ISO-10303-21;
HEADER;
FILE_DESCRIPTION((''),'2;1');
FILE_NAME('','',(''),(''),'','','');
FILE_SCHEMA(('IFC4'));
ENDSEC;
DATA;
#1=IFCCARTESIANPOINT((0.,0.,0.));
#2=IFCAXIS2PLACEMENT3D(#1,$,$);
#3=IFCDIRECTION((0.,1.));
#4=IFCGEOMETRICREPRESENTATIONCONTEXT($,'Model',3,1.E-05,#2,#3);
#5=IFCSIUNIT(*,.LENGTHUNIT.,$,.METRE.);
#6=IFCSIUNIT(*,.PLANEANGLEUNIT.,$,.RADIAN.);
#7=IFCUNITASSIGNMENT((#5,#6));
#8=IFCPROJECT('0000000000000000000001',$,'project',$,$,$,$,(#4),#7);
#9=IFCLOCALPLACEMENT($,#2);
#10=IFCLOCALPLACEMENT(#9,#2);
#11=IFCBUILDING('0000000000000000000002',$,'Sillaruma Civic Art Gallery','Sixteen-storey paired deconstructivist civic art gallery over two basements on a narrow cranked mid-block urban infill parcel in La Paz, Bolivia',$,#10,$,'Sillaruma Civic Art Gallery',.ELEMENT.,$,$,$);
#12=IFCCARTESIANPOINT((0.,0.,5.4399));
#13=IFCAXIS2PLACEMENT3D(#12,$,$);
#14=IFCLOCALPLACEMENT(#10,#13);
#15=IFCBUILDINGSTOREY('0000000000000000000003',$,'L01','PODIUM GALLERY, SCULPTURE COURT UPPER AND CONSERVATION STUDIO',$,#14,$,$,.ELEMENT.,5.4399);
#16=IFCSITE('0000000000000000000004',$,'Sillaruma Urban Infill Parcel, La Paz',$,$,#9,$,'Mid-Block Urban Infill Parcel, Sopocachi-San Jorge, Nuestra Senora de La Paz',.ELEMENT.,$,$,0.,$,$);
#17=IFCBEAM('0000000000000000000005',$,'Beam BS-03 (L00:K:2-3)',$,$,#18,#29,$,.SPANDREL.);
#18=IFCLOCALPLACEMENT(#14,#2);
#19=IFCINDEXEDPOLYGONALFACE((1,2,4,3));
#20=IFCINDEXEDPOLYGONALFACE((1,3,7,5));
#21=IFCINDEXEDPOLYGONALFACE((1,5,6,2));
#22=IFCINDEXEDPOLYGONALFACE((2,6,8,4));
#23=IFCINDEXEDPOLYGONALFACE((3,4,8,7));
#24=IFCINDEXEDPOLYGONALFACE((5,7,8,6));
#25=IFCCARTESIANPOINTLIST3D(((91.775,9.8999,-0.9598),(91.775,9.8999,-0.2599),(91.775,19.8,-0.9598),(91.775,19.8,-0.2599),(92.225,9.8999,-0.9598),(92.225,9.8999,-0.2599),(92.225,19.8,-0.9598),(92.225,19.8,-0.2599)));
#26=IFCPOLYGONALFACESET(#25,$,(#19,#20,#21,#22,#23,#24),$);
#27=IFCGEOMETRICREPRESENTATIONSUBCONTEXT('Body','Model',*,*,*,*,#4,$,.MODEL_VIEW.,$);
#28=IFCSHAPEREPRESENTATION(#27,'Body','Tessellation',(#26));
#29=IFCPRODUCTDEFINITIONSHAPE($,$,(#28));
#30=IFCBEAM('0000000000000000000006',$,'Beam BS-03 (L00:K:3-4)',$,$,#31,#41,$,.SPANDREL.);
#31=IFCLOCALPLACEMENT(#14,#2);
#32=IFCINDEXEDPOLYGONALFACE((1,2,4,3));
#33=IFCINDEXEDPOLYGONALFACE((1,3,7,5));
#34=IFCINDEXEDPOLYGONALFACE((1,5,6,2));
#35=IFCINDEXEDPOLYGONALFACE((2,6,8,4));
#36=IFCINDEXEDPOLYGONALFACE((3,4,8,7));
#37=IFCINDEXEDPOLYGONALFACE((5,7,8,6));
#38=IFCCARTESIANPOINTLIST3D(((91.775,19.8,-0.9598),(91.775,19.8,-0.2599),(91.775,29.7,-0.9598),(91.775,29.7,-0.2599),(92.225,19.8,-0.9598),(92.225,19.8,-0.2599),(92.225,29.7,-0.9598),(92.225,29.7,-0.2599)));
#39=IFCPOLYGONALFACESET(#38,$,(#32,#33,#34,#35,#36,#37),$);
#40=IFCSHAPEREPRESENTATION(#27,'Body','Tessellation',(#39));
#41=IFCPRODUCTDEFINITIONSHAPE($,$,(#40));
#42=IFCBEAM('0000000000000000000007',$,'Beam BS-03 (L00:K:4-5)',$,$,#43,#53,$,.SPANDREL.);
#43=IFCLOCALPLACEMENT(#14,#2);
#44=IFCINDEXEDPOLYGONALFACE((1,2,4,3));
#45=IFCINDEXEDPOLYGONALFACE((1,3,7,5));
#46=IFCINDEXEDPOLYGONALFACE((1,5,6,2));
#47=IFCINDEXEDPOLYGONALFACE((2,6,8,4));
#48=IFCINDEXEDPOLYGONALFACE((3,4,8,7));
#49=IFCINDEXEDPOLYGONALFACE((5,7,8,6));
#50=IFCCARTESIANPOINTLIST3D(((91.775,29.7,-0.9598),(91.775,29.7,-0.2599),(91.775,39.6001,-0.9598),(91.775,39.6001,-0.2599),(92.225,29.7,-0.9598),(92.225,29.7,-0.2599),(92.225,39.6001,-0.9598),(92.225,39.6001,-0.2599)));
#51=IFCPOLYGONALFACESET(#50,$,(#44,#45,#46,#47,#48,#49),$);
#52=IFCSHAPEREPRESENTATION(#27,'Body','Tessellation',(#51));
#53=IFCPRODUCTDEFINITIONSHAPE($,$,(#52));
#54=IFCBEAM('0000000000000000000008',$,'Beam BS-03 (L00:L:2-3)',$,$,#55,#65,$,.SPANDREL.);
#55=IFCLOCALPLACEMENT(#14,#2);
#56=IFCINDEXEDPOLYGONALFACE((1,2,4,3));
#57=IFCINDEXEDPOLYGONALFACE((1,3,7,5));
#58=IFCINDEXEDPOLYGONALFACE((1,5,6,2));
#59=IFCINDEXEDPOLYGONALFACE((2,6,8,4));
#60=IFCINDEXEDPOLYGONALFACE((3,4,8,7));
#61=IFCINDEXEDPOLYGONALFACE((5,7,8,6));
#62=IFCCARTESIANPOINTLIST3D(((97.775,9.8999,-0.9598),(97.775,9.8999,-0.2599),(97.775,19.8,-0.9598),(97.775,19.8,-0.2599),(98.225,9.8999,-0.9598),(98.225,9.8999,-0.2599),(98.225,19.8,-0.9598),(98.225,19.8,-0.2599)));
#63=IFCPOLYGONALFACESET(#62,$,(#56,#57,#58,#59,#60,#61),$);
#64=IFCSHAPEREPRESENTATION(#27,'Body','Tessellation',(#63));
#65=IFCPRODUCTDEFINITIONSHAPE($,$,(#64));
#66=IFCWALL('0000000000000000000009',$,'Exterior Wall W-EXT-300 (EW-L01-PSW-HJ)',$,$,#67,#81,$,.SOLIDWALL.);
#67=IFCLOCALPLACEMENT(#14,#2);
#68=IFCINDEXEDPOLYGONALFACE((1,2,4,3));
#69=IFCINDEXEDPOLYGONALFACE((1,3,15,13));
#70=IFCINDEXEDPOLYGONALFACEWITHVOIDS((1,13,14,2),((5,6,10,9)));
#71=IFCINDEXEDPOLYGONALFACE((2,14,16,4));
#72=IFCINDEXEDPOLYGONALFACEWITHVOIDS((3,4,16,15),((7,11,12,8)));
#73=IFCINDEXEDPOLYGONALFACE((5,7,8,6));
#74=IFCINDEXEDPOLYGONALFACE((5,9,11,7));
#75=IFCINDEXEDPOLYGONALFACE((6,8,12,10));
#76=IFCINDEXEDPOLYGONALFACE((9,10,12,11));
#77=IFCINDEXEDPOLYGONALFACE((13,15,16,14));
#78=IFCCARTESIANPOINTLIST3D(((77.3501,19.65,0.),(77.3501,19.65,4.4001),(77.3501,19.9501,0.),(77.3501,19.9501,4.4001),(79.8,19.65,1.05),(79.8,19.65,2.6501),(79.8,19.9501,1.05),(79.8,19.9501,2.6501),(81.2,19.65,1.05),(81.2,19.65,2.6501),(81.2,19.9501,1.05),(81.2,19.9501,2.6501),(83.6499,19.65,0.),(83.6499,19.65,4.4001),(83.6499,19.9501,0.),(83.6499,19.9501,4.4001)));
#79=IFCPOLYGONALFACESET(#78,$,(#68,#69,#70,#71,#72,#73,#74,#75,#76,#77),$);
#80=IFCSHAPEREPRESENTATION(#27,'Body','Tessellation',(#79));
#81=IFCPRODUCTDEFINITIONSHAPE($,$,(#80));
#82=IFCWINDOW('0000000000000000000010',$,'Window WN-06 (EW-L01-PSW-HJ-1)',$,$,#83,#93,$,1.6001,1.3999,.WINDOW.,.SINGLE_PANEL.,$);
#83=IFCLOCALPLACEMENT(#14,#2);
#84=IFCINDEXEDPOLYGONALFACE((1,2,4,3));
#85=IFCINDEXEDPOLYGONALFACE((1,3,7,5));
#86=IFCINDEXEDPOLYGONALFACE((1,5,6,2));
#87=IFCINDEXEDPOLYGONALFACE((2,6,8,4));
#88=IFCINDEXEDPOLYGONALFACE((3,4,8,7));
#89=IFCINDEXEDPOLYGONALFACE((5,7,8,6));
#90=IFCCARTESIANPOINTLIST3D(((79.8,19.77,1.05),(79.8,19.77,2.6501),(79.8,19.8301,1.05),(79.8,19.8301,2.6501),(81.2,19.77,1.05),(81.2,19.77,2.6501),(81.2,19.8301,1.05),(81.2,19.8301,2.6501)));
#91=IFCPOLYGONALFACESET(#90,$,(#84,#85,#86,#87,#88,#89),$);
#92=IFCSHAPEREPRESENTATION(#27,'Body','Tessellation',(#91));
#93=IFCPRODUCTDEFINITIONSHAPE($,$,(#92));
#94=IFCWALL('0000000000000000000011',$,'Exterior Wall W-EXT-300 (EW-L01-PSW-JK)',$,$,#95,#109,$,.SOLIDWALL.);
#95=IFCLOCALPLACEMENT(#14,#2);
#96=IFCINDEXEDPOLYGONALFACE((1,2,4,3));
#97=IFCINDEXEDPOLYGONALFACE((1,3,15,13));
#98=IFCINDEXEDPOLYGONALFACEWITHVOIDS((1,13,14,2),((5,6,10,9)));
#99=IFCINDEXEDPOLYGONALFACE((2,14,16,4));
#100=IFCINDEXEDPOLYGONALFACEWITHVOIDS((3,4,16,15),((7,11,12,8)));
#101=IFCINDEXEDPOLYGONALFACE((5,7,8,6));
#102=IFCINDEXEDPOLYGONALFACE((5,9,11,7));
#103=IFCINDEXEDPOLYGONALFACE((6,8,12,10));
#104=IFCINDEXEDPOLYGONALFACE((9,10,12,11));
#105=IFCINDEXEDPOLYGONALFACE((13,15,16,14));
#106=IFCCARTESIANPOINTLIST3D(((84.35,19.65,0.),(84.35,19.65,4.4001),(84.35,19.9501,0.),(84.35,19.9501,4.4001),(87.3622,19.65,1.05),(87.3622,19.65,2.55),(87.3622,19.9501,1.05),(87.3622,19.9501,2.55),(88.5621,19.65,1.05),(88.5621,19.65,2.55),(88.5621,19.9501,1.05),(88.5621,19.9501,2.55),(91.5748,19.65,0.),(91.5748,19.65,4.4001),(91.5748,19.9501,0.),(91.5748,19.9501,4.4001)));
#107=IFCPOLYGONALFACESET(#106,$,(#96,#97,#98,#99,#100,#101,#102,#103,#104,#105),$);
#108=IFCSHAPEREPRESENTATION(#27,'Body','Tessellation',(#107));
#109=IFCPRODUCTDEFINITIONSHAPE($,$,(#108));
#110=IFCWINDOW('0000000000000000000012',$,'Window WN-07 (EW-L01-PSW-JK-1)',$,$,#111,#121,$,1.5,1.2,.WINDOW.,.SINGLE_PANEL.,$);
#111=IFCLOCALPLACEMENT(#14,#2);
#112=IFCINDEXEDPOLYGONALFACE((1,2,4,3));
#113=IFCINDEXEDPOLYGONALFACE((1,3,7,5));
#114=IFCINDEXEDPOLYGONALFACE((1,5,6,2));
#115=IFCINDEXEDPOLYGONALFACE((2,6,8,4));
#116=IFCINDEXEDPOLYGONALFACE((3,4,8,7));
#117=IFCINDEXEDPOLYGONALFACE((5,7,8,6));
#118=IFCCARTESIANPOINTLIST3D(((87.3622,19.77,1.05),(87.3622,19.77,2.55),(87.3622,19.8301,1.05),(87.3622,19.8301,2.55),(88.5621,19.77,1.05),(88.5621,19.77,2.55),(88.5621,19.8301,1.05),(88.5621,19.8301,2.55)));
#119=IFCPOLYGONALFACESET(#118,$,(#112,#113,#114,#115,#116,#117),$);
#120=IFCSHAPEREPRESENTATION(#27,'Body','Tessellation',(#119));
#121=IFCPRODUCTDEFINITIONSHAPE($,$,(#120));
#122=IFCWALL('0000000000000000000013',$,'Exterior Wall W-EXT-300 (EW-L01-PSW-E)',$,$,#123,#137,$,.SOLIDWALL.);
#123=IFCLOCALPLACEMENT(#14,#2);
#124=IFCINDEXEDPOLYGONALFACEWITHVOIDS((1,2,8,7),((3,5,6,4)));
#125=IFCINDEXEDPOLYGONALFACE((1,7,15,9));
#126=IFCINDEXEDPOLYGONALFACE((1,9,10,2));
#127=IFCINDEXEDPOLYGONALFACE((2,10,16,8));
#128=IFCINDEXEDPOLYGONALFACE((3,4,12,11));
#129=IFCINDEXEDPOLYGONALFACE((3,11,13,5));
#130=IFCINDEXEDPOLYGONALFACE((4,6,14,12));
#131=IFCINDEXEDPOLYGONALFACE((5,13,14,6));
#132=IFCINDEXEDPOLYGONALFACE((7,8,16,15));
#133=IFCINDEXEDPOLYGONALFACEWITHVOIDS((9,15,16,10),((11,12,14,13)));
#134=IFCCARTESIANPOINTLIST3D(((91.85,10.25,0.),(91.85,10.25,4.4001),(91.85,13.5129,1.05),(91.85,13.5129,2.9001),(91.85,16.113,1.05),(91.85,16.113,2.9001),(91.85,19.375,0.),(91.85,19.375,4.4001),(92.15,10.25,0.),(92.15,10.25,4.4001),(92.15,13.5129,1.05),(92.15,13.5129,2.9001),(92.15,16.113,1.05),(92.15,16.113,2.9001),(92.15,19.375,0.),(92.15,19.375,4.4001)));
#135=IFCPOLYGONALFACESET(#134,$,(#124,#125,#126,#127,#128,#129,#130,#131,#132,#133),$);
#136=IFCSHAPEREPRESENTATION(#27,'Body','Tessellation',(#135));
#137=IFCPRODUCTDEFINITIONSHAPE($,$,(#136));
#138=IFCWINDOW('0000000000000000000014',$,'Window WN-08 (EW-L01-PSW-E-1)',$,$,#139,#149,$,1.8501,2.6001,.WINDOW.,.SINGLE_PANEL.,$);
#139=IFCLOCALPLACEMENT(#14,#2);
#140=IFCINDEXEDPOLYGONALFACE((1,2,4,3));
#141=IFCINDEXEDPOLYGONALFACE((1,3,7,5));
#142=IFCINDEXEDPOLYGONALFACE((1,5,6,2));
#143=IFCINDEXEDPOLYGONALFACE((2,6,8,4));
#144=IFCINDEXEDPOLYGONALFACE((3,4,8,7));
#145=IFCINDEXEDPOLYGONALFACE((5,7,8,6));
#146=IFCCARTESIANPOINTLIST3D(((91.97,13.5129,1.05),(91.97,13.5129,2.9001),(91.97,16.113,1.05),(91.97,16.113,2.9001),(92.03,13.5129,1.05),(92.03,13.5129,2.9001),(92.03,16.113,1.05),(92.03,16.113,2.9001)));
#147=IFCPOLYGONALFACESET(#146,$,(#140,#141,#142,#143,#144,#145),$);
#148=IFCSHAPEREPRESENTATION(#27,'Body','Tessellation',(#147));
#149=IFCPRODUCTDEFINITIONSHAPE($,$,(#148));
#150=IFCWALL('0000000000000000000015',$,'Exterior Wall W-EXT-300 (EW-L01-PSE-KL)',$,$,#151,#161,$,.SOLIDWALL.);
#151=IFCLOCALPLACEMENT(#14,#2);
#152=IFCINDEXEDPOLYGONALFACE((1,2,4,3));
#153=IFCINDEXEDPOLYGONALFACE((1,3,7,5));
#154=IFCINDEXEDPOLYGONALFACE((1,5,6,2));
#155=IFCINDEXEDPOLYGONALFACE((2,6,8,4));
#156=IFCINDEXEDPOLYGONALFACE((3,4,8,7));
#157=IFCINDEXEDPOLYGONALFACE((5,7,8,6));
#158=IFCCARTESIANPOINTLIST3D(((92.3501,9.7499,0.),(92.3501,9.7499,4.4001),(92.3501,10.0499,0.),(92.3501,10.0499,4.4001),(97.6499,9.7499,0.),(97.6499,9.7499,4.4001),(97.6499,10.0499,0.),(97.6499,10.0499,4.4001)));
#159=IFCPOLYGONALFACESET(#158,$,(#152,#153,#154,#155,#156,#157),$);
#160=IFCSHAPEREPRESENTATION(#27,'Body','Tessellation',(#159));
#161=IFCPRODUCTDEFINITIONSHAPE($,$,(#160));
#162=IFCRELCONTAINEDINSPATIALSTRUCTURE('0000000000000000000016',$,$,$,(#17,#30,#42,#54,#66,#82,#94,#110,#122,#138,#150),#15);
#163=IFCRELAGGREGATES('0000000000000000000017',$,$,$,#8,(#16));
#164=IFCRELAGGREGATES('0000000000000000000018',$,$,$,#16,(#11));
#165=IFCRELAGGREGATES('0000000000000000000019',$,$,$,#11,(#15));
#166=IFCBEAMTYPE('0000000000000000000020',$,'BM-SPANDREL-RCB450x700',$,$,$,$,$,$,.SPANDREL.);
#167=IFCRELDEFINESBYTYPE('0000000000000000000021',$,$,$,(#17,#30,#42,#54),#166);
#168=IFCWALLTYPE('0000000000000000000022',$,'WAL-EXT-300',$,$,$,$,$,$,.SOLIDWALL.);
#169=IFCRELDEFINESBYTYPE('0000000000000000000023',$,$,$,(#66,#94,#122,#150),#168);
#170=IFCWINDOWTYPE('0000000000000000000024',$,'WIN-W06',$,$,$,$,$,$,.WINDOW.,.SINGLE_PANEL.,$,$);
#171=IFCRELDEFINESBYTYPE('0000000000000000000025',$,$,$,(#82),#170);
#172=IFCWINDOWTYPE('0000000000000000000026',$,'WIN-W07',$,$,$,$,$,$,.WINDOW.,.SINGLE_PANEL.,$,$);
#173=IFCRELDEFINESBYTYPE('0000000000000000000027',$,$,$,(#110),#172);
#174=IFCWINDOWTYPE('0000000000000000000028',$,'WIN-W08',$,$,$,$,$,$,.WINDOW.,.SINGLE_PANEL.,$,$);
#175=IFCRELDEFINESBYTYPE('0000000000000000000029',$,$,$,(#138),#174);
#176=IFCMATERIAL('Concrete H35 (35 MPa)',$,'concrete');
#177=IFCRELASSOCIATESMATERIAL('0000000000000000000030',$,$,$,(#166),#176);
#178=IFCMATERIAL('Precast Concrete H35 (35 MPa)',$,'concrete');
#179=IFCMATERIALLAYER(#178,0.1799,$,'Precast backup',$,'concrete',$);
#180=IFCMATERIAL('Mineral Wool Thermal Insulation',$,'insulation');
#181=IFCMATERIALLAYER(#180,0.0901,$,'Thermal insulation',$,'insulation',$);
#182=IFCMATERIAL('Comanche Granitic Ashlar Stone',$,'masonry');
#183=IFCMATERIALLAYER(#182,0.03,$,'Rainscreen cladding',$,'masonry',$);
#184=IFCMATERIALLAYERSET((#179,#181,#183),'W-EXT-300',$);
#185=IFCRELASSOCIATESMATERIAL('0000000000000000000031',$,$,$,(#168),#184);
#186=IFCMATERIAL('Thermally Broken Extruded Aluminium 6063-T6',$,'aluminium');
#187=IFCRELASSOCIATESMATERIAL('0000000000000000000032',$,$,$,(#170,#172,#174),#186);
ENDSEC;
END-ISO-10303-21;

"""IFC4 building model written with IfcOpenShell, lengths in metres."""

from ifc_helpers import new_model, si_unit, direction, frame, frame_2d, origin, origin_2d, place, context, subcontext, project, spatial, rectangle, extrude, material, layer, layer_set, material_profile, profile_set, type_object, element, fill, save


model = new_model("IFC4")

# Units and contexts
model_context = context("Model", 3, precision=1e-05, world=origin(), true_north=direction((0.0, 1.0)))
body_context = subcontext(model_context, "Body", "Model", "MODEL_VIEW")
ifc_project = project(units=[si_unit("LENGTHUNIT", "METRE"), si_unit("PLANEANGLEUNIT", "RADIAN")], contexts=[model_context])

# Site, building, storey
site_placement = place(None, origin())
site = spatial("IfcSite", under=ifc_project, at=site_placement, Name="Sillaruma Urban Infill Parcel, La Paz", LongName="Mid-Block Urban Infill Parcel, Sopocachi-San Jorge, Nuestra Senora de La Paz", CompositionType="ELEMENT", RefElevation=0.0)
building_placement = place(site_placement, origin())
building = spatial("IfcBuilding", under=site, at=building_placement, Name="Sillaruma Civic Art Gallery", Description="Sixteen-storey paired deconstructivist civic art gallery over two basements on a narrow cranked mid-block urban infill parcel in La Paz, Bolivia", LongName="Sillaruma Civic Art Gallery", CompositionType="ELEMENT")
storey_placement = place(building_placement, frame((0.0, 0.0, 5.4399)))
storey = spatial("IfcBuildingStorey", under=building, at=storey_placement, Name="L01", Description="PODIUM GALLERY, SCULPTURE COURT UPPER AND CONSERVATION STUDIO", CompositionType="ELEMENT", Elevation=5.4399)

# Beams
ifc_material_1 = material(Name="Concrete H35 (35 MPa)", Category="concrete")
ifc_material_profile_1 = material_profile(ifc_material_1, rectangle(XDim=0.45, YDim=0.7, at=origin_2d()), Name="RCB450x700")
ifc_profile_set_1 = profile_set([ifc_material_profile_1], Name="Concrete H35 (35 MPa)")
beam_type_1 = type_object("IfcBeamType", Name="BM-SPANDREL-RCB450x700", PredefinedType="SPANDREL", material=ifc_profile_set_1)
beam_1_placement = place(storey_placement, frame((92.0, 9.8999, -0.6099), z_axis=(0.0, 1.0, 0.0), x_axis=(-1.0, 0.0, 0.0)))
element("IfcBeam", 1, at=beam_1_placement, inside=storey, type_object=beam_type_1, Name="Beam BS-03 (L00:K:2-3)", PredefinedType="SPANDREL", context=body_context, shape_type="SweptSolid", body=[
    extrude(rectangle(XDim=0.45, YDim=0.7, at=origin_2d()), origin(), (0.0, 0.0, 1.0), 9.9001),
])
beam_2_placement = place(storey_placement, frame((92.0, 19.8, -0.6099), z_axis=(0.0, 1.0, 0.0), x_axis=(-1.0, 0.0, 0.0)))
element("IfcBeam", 2, at=beam_2_placement, inside=storey, type_object=beam_type_1, Name="Beam BS-03 (L00:K:3-4)", PredefinedType="SPANDREL", context=body_context, shape_type="SweptSolid", body=[
    extrude(rectangle(XDim=0.45, YDim=0.7, at=origin_2d()), origin(), (0.0, 0.0, 1.0), 9.8999),
])
for number, where, z_axis, x_axis, name in (
    (3, (92.0, 29.7, -0.6099), (0.0, 1.0, 0.0), (-1.0, 0.0, 0.0), "Beam BS-03 (L00:K:4-5)"),
    (4, (98.0, 9.8999, -0.6099), (0.0, 1.0, 0.0), (-1.0, 0.0, 0.0), "Beam BS-03 (L00:L:2-3)"),
):
    element("IfcBeam", number, at=place(storey_placement, frame(where, z_axis=z_axis, x_axis=x_axis)), inside=storey, type_object=beam_type_1, Name=name, PredefinedType="SPANDREL", context=body_context, shape_type="SweptSolid", body=[
        extrude(rectangle(XDim=0.45, YDim=0.7, at=origin_2d()), origin(), (0.0, 0.0, 1.0), 9.9001),
    ])

# Walls, openings, windows
ifc_material_2 = material(Name="Precast Concrete H35 (35 MPa)", Category="concrete")
ifc_layer_1 = layer(ifc_material_2, 0.1799, Name="Precast backup", Category="concrete")
ifc_material_3 = material(Name="Mineral Wool Thermal Insulation", Category="insulation")
ifc_layer_2 = layer(ifc_material_3, 0.0901, Name="Thermal insulation", Category="insulation")
ifc_material_4 = material(Name="Comanche Granitic Ashlar Stone", Category="masonry")
ifc_layer_3 = layer(ifc_material_4, 0.03, Name="Rainscreen cladding", Category="masonry")
ifc_layer_set_1 = layer_set([ifc_layer_1, ifc_layer_2, ifc_layer_3], Name="W-EXT-300")
wall_type_1 = type_object("IfcWallType", Name="WAL-EXT-300", PredefinedType="SOLIDWALL", material=ifc_layer_set_1)
wall_1_placement = place(storey_placement, frame((77.3501, 19.8, 0.0), z_axis=(0.0, 0.0, 1.0), x_axis=(1.0, 0.0, 0.0)))
wall_1 = element("IfcWall", 5, at=wall_1_placement, inside=storey, type_object=wall_type_1, Name="Exterior Wall W-EXT-300 (EW-L01-PSW-HJ)", PredefinedType="SOLIDWALL", context=body_context, shape_type="SweptSolid", body=[
    extrude(rectangle(XDim=6.2998, YDim=0.3, at=frame_2d((3.1499, 0.0))), origin(), (0.0, 0.0, 1.0), 4.4001),
])
opening_1_placement = place(wall_1_placement, frame((2.45, 0.0, 1.05)))
opening_1 = element("IfcOpeningElement", 6, at=opening_1_placement, cuts=wall_1, PredefinedType="OPENING", context=body_context, shape_type="SweptSolid", body=[
    extrude(rectangle(XDim=1.3999, YDim=1.6001, at=frame_2d((0.7, 0.8))), frame((0.0, 0.1599, 0.0), z_axis=(0.0, -1.0, 0.0), x_axis=(1.0, 0.0, 0.0)), (0.0, 0.0, 1.0), 0.3201),
])
ifc_material_5 = material(Name="Thermally Broken Extruded Aluminium 6063-T6", Category="aluminium")
window_type_1 = type_object("IfcWindowType", Name="WIN-W06", PartitioningType="SINGLE_PANEL", PredefinedType="WINDOW", material=ifc_material_5)
window_1_placement = place(opening_1_placement, origin())
window_1 = element("IfcWindow", 7, at=window_1_placement, inside=storey, type_object=window_type_1, Name="Window WN-06 (EW-L01-PSW-HJ-1)", OverallHeight=1.6001, OverallWidth=1.3999, PartitioningType="SINGLE_PANEL", PredefinedType="WINDOW", context=body_context, shape_type="SweptSolid", body=[
    extrude(rectangle(XDim=1.3999, YDim=1.6001, at=frame_2d((0.7, 0.8))), frame((0.0, 0.03, 0.0), z_axis=(0.0, -1.0, 0.0), x_axis=(1.0, 0.0, 0.0)), (0.0, 0.0, 1.0), 0.0601),
])
fill(opening_1, window_1)
wall_2_placement = place(storey_placement, frame((84.3501, 19.8, 0.0), z_axis=(0.0, 0.0, 1.0), x_axis=(1.0, 0.0, 0.0)))
wall_2 = element("IfcWall", 8, at=wall_2_placement, inside=storey, type_object=wall_type_1, Name="Exterior Wall W-EXT-300 (EW-L01-PSW-JK)", PredefinedType="SOLIDWALL", context=body_context, shape_type="SweptSolid", body=[
    extrude(rectangle(XDim=7.2249, YDim=0.3, at=frame_2d((3.6123, 0.0))), origin(), (0.0, 0.0, 1.0), 4.4001),
])
opening_2_placement = place(wall_2_placement, frame((3.012, 0.0, 1.05)))
opening_2 = element("IfcOpeningElement", 9, at=opening_2_placement, cuts=wall_2, PredefinedType="OPENING", context=body_context, shape_type="SweptSolid", body=[
    extrude(rectangle(XDim=1.2, YDim=1.5, at=frame_2d((0.6001, 0.75))), frame((0.0, 0.1599, 0.0), z_axis=(0.0, -1.0, 0.0), x_axis=(1.0, 0.0, 0.0)), (0.0, 0.0, 1.0), 0.3201),
])
window_type_2 = type_object("IfcWindowType", Name="WIN-W07", PartitioningType="SINGLE_PANEL", PredefinedType="WINDOW", material=ifc_material_5)
window_2_placement = place(opening_2_placement, origin())
window_2 = element("IfcWindow", 10, at=window_2_placement, inside=storey, type_object=window_type_2, Name="Window WN-07 (EW-L01-PSW-JK-1)", OverallHeight=1.5, OverallWidth=1.2, PartitioningType="SINGLE_PANEL", PredefinedType="WINDOW", context=body_context, shape_type="SweptSolid", body=[
    extrude(rectangle(XDim=1.2, YDim=1.5, at=frame_2d((0.6001, 0.75))), frame((0.0, 0.03, 0.0), z_axis=(0.0, -1.0, 0.0), x_axis=(1.0, 0.0, 0.0)), (0.0, 0.0, 1.0), 0.0601),
])
fill(opening_2, window_2)
wall_3_placement = place(storey_placement, frame((92.0, 10.25, 0.0), z_axis=(0.0, 0.0, 1.0), x_axis=(0.0, 1.0, 0.0)))
wall_3 = element("IfcWall", 11, at=wall_3_placement, inside=storey, type_object=wall_type_1, Name="Exterior Wall W-EXT-300 (EW-L01-PSW-E)", PredefinedType="SOLIDWALL", context=body_context, shape_type="SweptSolid", body=[
    extrude(rectangle(XDim=9.125, YDim=0.3, at=frame_2d((4.5625, 0.0))), origin(), (0.0, 0.0, 1.0), 4.4001),
])
opening_3_placement = place(wall_3_placement, frame((3.2629, 0.0, 1.05)))
opening_3 = element("IfcOpeningElement", 12, at=opening_3_placement, cuts=wall_3, PredefinedType="OPENING", context=body_context, shape_type="SweptSolid", body=[
    extrude(rectangle(XDim=2.6001, YDim=1.8501, at=frame_2d((1.3, 0.925))), frame((0.0, 0.1599, 0.0), z_axis=(0.0, -1.0, 0.0), x_axis=(1.0, 0.0, 0.0)), (0.0, 0.0, 1.0), 0.3201),
])
window_type_3 = type_object("IfcWindowType", Name="WIN-W08", PartitioningType="SINGLE_PANEL", PredefinedType="WINDOW", material=ifc_material_5)
window_3_placement = place(opening_3_placement, origin())
window_3 = element("IfcWindow", 13, at=window_3_placement, inside=storey, type_object=window_type_3, Name="Window WN-08 (EW-L01-PSW-E-1)", OverallHeight=1.8501, OverallWidth=2.6001, PartitioningType="SINGLE_PANEL", PredefinedType="WINDOW", context=body_context, shape_type="SweptSolid", body=[
    extrude(rectangle(XDim=2.6001, YDim=1.8501, at=frame_2d((1.3, 0.925))), frame((0.0, 0.03, 0.0), z_axis=(0.0, -1.0, 0.0), x_axis=(1.0, 0.0, 0.0)), (0.0, 0.0, 1.0), 0.0601),
])
fill(opening_3, window_3)

# Wall
wall_4_placement = place(storey_placement, frame((92.3501, 9.8999, 0.0), z_axis=(0.0, 0.0, 1.0), x_axis=(1.0, 0.0, 0.0)))
element("IfcWall", 14, at=wall_4_placement, inside=storey, type_object=wall_type_1, Name="Exterior Wall W-EXT-300 (EW-L01-PSE-KL)", PredefinedType="SOLIDWALL", context=body_context, shape_type="SweptSolid", body=[
    extrude(rectangle(XDim=5.2998, YDim=0.3, at=frame_2d((2.6499, 0.0))), origin(), (0.0, 0.0, 1.0), 4.4001),
])

save(model, "model.ifc")
